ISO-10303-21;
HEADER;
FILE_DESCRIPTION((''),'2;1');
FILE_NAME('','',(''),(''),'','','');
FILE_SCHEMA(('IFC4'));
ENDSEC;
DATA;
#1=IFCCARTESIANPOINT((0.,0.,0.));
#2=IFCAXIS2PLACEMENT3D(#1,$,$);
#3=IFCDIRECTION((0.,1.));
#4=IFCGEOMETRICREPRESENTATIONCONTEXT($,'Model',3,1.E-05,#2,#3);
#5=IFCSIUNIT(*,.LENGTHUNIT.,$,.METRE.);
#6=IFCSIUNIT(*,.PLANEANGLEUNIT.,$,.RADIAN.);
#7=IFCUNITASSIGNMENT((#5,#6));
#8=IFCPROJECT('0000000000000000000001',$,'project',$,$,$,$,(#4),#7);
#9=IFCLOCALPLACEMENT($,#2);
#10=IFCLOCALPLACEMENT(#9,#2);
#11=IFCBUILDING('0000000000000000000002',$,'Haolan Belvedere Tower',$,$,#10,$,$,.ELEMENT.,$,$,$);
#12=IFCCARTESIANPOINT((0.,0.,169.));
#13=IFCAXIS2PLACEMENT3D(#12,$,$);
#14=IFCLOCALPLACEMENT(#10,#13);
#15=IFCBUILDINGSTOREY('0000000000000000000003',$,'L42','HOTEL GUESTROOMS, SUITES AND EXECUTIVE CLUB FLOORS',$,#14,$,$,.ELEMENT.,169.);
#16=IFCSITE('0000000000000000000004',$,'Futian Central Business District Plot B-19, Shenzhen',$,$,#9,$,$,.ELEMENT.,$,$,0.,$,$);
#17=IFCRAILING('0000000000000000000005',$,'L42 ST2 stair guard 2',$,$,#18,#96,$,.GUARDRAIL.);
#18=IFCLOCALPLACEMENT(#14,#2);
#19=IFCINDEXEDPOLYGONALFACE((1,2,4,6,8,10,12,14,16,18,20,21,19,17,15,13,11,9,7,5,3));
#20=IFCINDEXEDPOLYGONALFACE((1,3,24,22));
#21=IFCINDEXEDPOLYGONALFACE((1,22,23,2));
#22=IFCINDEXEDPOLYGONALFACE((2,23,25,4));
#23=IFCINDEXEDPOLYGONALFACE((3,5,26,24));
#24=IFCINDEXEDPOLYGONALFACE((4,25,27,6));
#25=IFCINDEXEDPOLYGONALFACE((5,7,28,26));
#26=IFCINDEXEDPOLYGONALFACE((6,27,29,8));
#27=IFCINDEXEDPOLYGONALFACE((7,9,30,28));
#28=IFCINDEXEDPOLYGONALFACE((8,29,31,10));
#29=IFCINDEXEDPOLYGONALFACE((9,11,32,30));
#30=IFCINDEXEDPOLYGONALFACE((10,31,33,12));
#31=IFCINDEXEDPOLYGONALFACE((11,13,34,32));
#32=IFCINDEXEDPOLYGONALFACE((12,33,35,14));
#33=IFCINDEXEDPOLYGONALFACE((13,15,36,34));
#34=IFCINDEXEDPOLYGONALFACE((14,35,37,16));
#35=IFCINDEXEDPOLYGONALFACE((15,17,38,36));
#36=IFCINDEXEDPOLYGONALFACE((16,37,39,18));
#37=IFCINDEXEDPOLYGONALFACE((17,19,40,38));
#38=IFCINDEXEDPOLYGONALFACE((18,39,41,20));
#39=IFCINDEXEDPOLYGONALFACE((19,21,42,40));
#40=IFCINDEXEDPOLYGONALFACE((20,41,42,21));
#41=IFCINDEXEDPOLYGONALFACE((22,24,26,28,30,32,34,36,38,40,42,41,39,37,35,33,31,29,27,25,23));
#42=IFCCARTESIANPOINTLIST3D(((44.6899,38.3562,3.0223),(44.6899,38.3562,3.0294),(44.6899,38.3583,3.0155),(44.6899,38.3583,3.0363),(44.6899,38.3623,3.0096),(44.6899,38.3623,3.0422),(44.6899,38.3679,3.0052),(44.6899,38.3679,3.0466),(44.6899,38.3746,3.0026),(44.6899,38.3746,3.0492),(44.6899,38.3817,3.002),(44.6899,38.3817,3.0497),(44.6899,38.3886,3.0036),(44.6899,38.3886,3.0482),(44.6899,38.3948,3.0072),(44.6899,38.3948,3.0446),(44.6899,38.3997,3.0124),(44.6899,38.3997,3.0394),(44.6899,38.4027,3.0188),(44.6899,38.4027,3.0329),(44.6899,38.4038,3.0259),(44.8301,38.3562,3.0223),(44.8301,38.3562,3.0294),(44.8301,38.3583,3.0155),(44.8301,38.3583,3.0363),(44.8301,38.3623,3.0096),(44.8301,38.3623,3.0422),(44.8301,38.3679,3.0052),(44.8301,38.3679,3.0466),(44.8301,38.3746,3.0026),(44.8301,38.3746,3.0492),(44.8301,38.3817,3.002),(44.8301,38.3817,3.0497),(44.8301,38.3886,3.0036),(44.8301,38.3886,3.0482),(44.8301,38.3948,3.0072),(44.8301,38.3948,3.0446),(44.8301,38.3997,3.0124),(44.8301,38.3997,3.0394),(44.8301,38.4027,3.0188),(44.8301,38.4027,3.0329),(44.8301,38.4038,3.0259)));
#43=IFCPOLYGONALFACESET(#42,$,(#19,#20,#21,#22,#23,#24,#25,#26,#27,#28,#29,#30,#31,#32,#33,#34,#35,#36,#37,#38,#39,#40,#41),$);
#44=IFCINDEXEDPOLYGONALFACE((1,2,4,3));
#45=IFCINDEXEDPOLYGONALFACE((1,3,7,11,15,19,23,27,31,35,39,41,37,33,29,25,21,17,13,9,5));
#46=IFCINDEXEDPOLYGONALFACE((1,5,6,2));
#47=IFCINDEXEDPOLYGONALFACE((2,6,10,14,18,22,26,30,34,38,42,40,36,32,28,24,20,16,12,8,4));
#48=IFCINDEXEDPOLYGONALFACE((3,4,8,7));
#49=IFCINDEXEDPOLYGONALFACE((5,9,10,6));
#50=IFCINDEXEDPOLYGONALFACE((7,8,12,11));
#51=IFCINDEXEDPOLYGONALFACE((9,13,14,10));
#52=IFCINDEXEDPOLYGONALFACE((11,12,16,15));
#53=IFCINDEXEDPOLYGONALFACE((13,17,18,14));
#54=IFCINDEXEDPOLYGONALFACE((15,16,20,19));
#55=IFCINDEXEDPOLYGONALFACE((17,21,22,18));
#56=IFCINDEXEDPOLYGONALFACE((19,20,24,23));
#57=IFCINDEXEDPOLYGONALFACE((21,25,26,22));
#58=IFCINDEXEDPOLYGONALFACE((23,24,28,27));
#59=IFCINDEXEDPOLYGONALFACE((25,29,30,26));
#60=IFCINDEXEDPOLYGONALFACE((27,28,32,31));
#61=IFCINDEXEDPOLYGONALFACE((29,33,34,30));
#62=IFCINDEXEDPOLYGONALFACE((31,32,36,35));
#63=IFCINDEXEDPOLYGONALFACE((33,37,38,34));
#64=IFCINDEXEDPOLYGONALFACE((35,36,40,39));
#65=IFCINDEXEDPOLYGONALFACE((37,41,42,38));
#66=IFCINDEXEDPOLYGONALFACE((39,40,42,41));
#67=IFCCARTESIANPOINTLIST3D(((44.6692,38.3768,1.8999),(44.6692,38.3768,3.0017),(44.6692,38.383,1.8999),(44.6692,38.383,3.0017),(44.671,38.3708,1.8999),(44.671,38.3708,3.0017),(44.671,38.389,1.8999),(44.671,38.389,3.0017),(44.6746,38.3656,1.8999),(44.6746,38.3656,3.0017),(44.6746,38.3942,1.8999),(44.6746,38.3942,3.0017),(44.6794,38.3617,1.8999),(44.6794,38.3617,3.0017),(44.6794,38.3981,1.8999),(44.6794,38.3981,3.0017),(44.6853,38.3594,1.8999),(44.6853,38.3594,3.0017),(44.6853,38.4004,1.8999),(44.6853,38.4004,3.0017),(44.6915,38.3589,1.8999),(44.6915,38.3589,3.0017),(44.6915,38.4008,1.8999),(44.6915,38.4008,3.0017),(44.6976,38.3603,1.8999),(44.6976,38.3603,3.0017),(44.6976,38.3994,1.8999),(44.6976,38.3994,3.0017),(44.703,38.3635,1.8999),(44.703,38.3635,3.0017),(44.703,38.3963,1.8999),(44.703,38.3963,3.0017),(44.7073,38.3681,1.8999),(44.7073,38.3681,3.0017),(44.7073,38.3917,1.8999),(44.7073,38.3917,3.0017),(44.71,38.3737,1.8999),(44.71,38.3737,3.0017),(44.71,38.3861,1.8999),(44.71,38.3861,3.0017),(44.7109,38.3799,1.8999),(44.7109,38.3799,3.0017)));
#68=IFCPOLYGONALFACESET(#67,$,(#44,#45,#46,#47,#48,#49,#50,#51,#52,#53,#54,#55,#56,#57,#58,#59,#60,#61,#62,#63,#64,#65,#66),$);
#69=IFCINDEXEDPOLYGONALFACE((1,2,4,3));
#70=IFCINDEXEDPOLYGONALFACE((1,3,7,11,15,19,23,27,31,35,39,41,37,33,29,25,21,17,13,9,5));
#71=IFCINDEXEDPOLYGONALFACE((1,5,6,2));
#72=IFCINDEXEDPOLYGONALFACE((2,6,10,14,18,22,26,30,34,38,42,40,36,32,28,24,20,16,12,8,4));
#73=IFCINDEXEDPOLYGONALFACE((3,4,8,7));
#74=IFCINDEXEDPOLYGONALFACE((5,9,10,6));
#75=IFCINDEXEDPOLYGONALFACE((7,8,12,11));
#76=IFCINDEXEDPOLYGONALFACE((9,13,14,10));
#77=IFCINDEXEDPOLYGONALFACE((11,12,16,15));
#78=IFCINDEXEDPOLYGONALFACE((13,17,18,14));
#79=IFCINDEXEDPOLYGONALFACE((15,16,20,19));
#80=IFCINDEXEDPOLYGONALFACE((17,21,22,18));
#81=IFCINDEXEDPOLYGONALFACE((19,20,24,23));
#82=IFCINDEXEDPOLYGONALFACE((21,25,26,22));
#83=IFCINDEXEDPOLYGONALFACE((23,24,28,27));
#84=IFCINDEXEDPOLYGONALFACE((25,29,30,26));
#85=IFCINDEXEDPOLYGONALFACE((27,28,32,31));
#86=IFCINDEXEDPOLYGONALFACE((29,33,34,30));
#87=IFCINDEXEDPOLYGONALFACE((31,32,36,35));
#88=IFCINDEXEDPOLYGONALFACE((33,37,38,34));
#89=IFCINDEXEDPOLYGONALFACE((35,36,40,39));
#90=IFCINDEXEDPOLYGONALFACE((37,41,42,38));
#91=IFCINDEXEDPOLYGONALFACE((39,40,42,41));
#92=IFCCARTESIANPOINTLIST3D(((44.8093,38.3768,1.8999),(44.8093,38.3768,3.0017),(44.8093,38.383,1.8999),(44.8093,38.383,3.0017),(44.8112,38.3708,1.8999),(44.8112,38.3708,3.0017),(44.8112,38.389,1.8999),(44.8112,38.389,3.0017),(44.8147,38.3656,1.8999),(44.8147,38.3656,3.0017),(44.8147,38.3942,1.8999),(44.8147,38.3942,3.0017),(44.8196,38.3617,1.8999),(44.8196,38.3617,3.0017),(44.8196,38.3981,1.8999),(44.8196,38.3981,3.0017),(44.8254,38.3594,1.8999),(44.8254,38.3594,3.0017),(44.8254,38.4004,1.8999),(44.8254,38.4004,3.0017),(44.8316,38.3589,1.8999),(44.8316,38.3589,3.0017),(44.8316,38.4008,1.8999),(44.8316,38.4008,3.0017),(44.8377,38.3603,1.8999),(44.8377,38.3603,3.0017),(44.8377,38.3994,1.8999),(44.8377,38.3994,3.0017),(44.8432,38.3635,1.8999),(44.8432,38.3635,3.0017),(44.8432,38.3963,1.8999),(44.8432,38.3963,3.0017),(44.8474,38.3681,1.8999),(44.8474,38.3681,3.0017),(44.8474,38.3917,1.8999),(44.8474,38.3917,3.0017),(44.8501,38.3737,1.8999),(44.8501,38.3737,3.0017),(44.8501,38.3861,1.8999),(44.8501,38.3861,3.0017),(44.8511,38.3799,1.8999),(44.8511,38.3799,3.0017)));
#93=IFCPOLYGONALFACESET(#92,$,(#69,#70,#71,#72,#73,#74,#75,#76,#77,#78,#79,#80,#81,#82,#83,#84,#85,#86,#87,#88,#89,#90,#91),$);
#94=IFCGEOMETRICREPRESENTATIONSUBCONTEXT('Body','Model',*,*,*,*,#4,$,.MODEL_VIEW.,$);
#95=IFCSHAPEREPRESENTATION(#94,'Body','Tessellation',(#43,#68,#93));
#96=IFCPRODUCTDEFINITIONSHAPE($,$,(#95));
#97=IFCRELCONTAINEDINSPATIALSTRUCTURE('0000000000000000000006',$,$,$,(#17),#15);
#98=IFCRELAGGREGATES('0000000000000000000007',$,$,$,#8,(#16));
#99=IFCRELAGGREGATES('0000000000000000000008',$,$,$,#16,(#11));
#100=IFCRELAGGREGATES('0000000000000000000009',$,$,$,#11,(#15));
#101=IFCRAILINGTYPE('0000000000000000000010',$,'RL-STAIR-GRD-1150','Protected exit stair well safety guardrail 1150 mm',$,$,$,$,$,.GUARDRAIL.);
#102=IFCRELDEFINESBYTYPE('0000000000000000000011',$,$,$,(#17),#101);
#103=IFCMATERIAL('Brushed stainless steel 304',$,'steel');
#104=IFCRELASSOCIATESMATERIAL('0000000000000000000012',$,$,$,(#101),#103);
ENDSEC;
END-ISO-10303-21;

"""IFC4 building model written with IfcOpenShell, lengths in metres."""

from ifc_helpers import new_model, si_unit, direction, frame, origin, origin_2d, place, context, subcontext, project, spatial, circle, extrude, material, type_object, element, save


model = new_model("IFC4")

# Units and contexts
model_context = context("Model", 3, precision=1e-05, world=origin(), true_north=direction((0.0, 1.0)))
body_context = subcontext(model_context, "Body", "Model", "MODEL_VIEW")
ifc_project = project(units=[si_unit("LENGTHUNIT", "METRE"), si_unit("PLANEANGLEUNIT", "RADIAN")], contexts=[model_context])

# Site, building, storey
site_placement = place(None, origin())
site = spatial("IfcSite", under=ifc_project, at=site_placement, Name="Futian Central Business District Plot B-19, Shenzhen", CompositionType="ELEMENT", RefElevation=0.0)
building_placement = place(site_placement, origin())
building = spatial("IfcBuilding", under=site, at=building_placement, Name="Haolan Belvedere Tower", CompositionType="ELEMENT")
storey_placement = place(building_placement, frame((0.0, 0.0, 169.0)))
storey = spatial("IfcBuildingStorey", under=building, at=storey_placement, Name="L42", Description="HOTEL GUESTROOMS, SUITES AND EXECUTIVE CLUB FLOORS", CompositionType="ELEMENT", Elevation=169.0)

# Railing
ifc_material_1 = material(Name="Brushed stainless steel 304", Category="steel")
railing_type_1 = type_object("IfcRailingType", Name="RL-STAIR-GRD-1150", Description="Protected exit stair well safety guardrail 1150 mm", PredefinedType="GUARDRAIL", material=ifc_material_1)
railing_1_placement = place(storey_placement, frame((44.6899, 38.3799, 1.8999)))
element("IfcRailing", 1, at=railing_1_placement, inside=storey, type_object=railing_type_1, Name="L42 ST2 stair guard 2", PredefinedType="GUARDRAIL", context=body_context, shape_type="SweptSolid", body=[
    extrude(circle(Radius=0.0239, at=origin_2d()), frame((0.0, 0.0, 1.126), z_axis=(1.0, 0.0, 0.0), x_axis=(0.0, 1.0, 0.0)), (0.0, 0.0, 1.0), 0.1401),
    extrude(circle(Radius=0.021, at=origin_2d()), origin(), (0.0, 0.0, 1.0), 1.1018),
    extrude(circle(Radius=0.021, at=origin_2d()), frame((0.1401, 0.0, 0.0)), (0.0, 0.0, 1.0), 1.1018),
])

save(model, "model.ifc")
